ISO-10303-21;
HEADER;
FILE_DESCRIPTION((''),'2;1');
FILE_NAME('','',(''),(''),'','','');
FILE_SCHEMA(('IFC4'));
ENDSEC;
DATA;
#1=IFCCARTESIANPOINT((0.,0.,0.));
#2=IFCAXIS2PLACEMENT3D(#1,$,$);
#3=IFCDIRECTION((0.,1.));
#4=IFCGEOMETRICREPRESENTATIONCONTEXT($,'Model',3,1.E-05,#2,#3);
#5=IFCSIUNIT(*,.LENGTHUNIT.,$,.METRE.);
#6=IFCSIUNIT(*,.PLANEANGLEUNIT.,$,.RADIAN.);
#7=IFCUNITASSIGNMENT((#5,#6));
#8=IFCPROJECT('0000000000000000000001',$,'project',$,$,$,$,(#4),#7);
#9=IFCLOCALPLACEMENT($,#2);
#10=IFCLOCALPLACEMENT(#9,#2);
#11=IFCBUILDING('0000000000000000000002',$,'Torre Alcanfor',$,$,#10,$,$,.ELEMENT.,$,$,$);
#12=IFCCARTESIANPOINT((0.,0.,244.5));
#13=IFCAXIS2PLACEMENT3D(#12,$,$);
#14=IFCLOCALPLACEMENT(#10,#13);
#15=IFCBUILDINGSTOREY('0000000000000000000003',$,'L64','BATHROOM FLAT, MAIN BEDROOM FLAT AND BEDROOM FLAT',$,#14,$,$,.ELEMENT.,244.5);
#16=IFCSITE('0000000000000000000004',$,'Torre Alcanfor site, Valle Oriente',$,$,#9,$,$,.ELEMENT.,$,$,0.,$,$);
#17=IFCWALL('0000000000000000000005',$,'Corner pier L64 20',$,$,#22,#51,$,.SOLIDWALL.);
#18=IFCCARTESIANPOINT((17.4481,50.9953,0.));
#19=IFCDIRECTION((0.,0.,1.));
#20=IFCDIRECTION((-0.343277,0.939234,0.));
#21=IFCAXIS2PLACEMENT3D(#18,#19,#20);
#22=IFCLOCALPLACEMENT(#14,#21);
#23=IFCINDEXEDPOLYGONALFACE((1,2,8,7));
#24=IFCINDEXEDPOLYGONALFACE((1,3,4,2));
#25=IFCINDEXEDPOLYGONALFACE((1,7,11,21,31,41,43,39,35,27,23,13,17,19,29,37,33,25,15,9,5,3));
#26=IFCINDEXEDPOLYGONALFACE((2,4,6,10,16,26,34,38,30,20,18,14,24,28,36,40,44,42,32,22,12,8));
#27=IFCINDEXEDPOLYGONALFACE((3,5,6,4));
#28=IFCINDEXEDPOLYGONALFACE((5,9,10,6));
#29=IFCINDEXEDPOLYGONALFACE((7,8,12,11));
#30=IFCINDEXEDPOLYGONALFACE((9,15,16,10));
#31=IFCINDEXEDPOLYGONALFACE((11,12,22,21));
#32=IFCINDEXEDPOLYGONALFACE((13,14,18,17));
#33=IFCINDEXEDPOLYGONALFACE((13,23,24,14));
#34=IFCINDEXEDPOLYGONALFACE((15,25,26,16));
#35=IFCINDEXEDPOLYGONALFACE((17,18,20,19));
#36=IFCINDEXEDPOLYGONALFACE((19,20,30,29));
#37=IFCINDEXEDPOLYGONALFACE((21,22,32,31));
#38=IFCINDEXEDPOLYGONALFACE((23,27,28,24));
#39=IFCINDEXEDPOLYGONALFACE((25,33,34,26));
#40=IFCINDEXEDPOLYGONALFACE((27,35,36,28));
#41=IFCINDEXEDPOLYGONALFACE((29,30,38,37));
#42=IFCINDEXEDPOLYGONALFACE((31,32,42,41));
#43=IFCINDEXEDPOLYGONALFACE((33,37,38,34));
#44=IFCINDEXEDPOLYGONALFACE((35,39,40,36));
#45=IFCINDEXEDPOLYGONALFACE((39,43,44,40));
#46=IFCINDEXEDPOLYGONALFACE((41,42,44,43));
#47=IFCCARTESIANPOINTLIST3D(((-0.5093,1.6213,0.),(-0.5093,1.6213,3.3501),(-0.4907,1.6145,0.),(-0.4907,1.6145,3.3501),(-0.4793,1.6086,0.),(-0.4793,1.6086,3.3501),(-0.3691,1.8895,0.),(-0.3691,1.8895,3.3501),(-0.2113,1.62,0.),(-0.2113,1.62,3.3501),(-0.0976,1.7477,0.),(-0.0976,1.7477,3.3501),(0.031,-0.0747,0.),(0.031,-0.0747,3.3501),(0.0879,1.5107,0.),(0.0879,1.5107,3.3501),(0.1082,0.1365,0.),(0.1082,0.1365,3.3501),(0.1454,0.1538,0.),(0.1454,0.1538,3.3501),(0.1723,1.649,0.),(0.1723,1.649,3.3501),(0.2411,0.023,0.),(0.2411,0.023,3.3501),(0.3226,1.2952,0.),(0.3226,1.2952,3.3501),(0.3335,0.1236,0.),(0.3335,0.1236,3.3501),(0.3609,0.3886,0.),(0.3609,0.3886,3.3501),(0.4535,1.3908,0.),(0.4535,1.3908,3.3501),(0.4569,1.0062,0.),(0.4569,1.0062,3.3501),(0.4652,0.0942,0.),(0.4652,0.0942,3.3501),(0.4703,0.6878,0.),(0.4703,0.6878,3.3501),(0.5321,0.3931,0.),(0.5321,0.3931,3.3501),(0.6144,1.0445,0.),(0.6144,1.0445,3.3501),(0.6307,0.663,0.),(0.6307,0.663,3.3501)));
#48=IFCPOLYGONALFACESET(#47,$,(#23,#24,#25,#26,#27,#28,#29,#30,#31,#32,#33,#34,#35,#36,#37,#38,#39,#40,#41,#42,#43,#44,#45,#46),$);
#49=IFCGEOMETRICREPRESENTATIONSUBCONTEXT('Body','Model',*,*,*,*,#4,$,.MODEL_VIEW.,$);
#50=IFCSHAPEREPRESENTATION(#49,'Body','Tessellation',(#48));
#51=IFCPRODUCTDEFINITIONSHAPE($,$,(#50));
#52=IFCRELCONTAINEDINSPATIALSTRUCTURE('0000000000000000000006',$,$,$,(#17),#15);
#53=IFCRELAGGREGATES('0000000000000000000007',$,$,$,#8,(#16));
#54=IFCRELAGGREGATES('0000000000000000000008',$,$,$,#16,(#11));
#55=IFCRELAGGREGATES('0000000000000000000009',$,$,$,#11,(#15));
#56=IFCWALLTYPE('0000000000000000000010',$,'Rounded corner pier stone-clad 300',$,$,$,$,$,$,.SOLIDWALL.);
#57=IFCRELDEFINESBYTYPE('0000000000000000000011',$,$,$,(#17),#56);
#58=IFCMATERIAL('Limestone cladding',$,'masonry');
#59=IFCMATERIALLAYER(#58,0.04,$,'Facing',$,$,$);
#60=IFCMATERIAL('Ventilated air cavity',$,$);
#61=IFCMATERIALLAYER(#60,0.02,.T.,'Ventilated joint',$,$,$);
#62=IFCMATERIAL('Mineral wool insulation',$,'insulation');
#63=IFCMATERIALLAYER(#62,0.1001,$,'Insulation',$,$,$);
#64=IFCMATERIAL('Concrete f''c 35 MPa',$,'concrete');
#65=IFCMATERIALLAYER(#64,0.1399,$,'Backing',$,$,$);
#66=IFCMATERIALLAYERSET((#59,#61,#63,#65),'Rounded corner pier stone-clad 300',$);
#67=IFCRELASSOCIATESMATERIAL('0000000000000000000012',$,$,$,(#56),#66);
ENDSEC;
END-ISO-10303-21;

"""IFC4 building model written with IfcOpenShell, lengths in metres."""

from ifc_helpers import new_model, si_unit, direction, frame, origin, place, context, subcontext, project, spatial, polyline, outline, extrude, material, layer, layer_set, type_object, element, save


model = new_model("IFC4")

# Units and contexts
model_context = context("Model", 3, precision=1e-05, world=origin(), true_north=direction((0.0, 1.0)))
body_context = subcontext(model_context, "Body", "Model", "MODEL_VIEW")
ifc_project = project(units=[si_unit("LENGTHUNIT", "METRE"), si_unit("PLANEANGLEUNIT", "RADIAN")], contexts=[model_context])

# Site, building, storey
site_placement = place(None, origin())
site = spatial("IfcSite", under=ifc_project, at=site_placement, Name="Torre Alcanfor site, Valle Oriente", CompositionType="ELEMENT", RefElevation=0.0)
building_placement = place(site_placement, origin())
building = spatial("IfcBuilding", under=site, at=building_placement, Name="Torre Alcanfor", CompositionType="ELEMENT")
storey_placement = place(building_placement, frame((0.0, 0.0, 244.5)))
storey = spatial("IfcBuildingStorey", under=building, at=storey_placement, Name="L64", Description="BATHROOM FLAT, MAIN BEDROOM FLAT AND BEDROOM FLAT", CompositionType="ELEMENT", Elevation=244.5)

# Shared definitions
ifc_material_1 = material(Name="Limestone cladding", Category="masonry")
ifc_material_2 = material(Name="Ventilated air cavity")
ifc_material_3 = material(Name="Mineral wool insulation", Category="insulation")
ifc_material_4 = material(Name="Concrete f'c 35 MPa", Category="concrete")

# Wall
ifc_layer_1 = layer(ifc_material_1, 0.04, Name="Facing")
ifc_layer_2 = layer(ifc_material_2, 0.02, ventilated=True, Name="Ventilated joint")
ifc_layer_3 = layer(ifc_material_3, 0.1001, Name="Insulation")
ifc_layer_4 = layer(ifc_material_4, 0.1399, Name="Backing")
ifc_layer_set_1 = layer_set([ifc_layer_1, ifc_layer_2, ifc_layer_3, ifc_layer_4], Name="Rounded corner pier stone-clad 300")
wall_type_1 = type_object("IfcWallType", Name="Rounded corner pier stone-clad 300", PredefinedType="SOLIDWALL", material=ifc_layer_set_1)
wall_1_placement = place(storey_placement, frame((17.4481, 50.9953, 0.0), z_axis=(0.0, 0.0, 1.0), x_axis=(-0.343277, 0.939234, 0.0)))
element("IfcWall", 1, at=wall_1_placement, inside=storey, type_object=wall_type_1, Name="Corner pier L64 20", PredefinedType="SOLIDWALL", context=body_context, shape_type="SweptSolid", body=[
    extrude(outline(polyline([(0.2411, 0.023), (0.3335, 0.1236), (0.4652, 0.0942), (0.5321, 0.3931), (0.6307, 0.663), (0.6144, 1.0445), (0.4535, 1.3908), (0.1723, 1.649), (-0.0976, 1.7477), (-0.3691, 1.8895), (-0.5093, 1.6213), (-0.4907, 1.6145), (-0.4793, 1.6086), (-0.2113, 1.62), (0.0879, 1.5107), (0.3226, 1.2952), (0.4569, 1.0062), (0.4703, 0.6878), (0.3609, 0.3886), (0.1454, 0.1538), (0.1082, 0.1365), (0.031, -0.0747), (0.2411, 0.023)])), origin(), (0.0, 0.0, 1.0), 3.3501),
])

save(model, "model.ifc")
